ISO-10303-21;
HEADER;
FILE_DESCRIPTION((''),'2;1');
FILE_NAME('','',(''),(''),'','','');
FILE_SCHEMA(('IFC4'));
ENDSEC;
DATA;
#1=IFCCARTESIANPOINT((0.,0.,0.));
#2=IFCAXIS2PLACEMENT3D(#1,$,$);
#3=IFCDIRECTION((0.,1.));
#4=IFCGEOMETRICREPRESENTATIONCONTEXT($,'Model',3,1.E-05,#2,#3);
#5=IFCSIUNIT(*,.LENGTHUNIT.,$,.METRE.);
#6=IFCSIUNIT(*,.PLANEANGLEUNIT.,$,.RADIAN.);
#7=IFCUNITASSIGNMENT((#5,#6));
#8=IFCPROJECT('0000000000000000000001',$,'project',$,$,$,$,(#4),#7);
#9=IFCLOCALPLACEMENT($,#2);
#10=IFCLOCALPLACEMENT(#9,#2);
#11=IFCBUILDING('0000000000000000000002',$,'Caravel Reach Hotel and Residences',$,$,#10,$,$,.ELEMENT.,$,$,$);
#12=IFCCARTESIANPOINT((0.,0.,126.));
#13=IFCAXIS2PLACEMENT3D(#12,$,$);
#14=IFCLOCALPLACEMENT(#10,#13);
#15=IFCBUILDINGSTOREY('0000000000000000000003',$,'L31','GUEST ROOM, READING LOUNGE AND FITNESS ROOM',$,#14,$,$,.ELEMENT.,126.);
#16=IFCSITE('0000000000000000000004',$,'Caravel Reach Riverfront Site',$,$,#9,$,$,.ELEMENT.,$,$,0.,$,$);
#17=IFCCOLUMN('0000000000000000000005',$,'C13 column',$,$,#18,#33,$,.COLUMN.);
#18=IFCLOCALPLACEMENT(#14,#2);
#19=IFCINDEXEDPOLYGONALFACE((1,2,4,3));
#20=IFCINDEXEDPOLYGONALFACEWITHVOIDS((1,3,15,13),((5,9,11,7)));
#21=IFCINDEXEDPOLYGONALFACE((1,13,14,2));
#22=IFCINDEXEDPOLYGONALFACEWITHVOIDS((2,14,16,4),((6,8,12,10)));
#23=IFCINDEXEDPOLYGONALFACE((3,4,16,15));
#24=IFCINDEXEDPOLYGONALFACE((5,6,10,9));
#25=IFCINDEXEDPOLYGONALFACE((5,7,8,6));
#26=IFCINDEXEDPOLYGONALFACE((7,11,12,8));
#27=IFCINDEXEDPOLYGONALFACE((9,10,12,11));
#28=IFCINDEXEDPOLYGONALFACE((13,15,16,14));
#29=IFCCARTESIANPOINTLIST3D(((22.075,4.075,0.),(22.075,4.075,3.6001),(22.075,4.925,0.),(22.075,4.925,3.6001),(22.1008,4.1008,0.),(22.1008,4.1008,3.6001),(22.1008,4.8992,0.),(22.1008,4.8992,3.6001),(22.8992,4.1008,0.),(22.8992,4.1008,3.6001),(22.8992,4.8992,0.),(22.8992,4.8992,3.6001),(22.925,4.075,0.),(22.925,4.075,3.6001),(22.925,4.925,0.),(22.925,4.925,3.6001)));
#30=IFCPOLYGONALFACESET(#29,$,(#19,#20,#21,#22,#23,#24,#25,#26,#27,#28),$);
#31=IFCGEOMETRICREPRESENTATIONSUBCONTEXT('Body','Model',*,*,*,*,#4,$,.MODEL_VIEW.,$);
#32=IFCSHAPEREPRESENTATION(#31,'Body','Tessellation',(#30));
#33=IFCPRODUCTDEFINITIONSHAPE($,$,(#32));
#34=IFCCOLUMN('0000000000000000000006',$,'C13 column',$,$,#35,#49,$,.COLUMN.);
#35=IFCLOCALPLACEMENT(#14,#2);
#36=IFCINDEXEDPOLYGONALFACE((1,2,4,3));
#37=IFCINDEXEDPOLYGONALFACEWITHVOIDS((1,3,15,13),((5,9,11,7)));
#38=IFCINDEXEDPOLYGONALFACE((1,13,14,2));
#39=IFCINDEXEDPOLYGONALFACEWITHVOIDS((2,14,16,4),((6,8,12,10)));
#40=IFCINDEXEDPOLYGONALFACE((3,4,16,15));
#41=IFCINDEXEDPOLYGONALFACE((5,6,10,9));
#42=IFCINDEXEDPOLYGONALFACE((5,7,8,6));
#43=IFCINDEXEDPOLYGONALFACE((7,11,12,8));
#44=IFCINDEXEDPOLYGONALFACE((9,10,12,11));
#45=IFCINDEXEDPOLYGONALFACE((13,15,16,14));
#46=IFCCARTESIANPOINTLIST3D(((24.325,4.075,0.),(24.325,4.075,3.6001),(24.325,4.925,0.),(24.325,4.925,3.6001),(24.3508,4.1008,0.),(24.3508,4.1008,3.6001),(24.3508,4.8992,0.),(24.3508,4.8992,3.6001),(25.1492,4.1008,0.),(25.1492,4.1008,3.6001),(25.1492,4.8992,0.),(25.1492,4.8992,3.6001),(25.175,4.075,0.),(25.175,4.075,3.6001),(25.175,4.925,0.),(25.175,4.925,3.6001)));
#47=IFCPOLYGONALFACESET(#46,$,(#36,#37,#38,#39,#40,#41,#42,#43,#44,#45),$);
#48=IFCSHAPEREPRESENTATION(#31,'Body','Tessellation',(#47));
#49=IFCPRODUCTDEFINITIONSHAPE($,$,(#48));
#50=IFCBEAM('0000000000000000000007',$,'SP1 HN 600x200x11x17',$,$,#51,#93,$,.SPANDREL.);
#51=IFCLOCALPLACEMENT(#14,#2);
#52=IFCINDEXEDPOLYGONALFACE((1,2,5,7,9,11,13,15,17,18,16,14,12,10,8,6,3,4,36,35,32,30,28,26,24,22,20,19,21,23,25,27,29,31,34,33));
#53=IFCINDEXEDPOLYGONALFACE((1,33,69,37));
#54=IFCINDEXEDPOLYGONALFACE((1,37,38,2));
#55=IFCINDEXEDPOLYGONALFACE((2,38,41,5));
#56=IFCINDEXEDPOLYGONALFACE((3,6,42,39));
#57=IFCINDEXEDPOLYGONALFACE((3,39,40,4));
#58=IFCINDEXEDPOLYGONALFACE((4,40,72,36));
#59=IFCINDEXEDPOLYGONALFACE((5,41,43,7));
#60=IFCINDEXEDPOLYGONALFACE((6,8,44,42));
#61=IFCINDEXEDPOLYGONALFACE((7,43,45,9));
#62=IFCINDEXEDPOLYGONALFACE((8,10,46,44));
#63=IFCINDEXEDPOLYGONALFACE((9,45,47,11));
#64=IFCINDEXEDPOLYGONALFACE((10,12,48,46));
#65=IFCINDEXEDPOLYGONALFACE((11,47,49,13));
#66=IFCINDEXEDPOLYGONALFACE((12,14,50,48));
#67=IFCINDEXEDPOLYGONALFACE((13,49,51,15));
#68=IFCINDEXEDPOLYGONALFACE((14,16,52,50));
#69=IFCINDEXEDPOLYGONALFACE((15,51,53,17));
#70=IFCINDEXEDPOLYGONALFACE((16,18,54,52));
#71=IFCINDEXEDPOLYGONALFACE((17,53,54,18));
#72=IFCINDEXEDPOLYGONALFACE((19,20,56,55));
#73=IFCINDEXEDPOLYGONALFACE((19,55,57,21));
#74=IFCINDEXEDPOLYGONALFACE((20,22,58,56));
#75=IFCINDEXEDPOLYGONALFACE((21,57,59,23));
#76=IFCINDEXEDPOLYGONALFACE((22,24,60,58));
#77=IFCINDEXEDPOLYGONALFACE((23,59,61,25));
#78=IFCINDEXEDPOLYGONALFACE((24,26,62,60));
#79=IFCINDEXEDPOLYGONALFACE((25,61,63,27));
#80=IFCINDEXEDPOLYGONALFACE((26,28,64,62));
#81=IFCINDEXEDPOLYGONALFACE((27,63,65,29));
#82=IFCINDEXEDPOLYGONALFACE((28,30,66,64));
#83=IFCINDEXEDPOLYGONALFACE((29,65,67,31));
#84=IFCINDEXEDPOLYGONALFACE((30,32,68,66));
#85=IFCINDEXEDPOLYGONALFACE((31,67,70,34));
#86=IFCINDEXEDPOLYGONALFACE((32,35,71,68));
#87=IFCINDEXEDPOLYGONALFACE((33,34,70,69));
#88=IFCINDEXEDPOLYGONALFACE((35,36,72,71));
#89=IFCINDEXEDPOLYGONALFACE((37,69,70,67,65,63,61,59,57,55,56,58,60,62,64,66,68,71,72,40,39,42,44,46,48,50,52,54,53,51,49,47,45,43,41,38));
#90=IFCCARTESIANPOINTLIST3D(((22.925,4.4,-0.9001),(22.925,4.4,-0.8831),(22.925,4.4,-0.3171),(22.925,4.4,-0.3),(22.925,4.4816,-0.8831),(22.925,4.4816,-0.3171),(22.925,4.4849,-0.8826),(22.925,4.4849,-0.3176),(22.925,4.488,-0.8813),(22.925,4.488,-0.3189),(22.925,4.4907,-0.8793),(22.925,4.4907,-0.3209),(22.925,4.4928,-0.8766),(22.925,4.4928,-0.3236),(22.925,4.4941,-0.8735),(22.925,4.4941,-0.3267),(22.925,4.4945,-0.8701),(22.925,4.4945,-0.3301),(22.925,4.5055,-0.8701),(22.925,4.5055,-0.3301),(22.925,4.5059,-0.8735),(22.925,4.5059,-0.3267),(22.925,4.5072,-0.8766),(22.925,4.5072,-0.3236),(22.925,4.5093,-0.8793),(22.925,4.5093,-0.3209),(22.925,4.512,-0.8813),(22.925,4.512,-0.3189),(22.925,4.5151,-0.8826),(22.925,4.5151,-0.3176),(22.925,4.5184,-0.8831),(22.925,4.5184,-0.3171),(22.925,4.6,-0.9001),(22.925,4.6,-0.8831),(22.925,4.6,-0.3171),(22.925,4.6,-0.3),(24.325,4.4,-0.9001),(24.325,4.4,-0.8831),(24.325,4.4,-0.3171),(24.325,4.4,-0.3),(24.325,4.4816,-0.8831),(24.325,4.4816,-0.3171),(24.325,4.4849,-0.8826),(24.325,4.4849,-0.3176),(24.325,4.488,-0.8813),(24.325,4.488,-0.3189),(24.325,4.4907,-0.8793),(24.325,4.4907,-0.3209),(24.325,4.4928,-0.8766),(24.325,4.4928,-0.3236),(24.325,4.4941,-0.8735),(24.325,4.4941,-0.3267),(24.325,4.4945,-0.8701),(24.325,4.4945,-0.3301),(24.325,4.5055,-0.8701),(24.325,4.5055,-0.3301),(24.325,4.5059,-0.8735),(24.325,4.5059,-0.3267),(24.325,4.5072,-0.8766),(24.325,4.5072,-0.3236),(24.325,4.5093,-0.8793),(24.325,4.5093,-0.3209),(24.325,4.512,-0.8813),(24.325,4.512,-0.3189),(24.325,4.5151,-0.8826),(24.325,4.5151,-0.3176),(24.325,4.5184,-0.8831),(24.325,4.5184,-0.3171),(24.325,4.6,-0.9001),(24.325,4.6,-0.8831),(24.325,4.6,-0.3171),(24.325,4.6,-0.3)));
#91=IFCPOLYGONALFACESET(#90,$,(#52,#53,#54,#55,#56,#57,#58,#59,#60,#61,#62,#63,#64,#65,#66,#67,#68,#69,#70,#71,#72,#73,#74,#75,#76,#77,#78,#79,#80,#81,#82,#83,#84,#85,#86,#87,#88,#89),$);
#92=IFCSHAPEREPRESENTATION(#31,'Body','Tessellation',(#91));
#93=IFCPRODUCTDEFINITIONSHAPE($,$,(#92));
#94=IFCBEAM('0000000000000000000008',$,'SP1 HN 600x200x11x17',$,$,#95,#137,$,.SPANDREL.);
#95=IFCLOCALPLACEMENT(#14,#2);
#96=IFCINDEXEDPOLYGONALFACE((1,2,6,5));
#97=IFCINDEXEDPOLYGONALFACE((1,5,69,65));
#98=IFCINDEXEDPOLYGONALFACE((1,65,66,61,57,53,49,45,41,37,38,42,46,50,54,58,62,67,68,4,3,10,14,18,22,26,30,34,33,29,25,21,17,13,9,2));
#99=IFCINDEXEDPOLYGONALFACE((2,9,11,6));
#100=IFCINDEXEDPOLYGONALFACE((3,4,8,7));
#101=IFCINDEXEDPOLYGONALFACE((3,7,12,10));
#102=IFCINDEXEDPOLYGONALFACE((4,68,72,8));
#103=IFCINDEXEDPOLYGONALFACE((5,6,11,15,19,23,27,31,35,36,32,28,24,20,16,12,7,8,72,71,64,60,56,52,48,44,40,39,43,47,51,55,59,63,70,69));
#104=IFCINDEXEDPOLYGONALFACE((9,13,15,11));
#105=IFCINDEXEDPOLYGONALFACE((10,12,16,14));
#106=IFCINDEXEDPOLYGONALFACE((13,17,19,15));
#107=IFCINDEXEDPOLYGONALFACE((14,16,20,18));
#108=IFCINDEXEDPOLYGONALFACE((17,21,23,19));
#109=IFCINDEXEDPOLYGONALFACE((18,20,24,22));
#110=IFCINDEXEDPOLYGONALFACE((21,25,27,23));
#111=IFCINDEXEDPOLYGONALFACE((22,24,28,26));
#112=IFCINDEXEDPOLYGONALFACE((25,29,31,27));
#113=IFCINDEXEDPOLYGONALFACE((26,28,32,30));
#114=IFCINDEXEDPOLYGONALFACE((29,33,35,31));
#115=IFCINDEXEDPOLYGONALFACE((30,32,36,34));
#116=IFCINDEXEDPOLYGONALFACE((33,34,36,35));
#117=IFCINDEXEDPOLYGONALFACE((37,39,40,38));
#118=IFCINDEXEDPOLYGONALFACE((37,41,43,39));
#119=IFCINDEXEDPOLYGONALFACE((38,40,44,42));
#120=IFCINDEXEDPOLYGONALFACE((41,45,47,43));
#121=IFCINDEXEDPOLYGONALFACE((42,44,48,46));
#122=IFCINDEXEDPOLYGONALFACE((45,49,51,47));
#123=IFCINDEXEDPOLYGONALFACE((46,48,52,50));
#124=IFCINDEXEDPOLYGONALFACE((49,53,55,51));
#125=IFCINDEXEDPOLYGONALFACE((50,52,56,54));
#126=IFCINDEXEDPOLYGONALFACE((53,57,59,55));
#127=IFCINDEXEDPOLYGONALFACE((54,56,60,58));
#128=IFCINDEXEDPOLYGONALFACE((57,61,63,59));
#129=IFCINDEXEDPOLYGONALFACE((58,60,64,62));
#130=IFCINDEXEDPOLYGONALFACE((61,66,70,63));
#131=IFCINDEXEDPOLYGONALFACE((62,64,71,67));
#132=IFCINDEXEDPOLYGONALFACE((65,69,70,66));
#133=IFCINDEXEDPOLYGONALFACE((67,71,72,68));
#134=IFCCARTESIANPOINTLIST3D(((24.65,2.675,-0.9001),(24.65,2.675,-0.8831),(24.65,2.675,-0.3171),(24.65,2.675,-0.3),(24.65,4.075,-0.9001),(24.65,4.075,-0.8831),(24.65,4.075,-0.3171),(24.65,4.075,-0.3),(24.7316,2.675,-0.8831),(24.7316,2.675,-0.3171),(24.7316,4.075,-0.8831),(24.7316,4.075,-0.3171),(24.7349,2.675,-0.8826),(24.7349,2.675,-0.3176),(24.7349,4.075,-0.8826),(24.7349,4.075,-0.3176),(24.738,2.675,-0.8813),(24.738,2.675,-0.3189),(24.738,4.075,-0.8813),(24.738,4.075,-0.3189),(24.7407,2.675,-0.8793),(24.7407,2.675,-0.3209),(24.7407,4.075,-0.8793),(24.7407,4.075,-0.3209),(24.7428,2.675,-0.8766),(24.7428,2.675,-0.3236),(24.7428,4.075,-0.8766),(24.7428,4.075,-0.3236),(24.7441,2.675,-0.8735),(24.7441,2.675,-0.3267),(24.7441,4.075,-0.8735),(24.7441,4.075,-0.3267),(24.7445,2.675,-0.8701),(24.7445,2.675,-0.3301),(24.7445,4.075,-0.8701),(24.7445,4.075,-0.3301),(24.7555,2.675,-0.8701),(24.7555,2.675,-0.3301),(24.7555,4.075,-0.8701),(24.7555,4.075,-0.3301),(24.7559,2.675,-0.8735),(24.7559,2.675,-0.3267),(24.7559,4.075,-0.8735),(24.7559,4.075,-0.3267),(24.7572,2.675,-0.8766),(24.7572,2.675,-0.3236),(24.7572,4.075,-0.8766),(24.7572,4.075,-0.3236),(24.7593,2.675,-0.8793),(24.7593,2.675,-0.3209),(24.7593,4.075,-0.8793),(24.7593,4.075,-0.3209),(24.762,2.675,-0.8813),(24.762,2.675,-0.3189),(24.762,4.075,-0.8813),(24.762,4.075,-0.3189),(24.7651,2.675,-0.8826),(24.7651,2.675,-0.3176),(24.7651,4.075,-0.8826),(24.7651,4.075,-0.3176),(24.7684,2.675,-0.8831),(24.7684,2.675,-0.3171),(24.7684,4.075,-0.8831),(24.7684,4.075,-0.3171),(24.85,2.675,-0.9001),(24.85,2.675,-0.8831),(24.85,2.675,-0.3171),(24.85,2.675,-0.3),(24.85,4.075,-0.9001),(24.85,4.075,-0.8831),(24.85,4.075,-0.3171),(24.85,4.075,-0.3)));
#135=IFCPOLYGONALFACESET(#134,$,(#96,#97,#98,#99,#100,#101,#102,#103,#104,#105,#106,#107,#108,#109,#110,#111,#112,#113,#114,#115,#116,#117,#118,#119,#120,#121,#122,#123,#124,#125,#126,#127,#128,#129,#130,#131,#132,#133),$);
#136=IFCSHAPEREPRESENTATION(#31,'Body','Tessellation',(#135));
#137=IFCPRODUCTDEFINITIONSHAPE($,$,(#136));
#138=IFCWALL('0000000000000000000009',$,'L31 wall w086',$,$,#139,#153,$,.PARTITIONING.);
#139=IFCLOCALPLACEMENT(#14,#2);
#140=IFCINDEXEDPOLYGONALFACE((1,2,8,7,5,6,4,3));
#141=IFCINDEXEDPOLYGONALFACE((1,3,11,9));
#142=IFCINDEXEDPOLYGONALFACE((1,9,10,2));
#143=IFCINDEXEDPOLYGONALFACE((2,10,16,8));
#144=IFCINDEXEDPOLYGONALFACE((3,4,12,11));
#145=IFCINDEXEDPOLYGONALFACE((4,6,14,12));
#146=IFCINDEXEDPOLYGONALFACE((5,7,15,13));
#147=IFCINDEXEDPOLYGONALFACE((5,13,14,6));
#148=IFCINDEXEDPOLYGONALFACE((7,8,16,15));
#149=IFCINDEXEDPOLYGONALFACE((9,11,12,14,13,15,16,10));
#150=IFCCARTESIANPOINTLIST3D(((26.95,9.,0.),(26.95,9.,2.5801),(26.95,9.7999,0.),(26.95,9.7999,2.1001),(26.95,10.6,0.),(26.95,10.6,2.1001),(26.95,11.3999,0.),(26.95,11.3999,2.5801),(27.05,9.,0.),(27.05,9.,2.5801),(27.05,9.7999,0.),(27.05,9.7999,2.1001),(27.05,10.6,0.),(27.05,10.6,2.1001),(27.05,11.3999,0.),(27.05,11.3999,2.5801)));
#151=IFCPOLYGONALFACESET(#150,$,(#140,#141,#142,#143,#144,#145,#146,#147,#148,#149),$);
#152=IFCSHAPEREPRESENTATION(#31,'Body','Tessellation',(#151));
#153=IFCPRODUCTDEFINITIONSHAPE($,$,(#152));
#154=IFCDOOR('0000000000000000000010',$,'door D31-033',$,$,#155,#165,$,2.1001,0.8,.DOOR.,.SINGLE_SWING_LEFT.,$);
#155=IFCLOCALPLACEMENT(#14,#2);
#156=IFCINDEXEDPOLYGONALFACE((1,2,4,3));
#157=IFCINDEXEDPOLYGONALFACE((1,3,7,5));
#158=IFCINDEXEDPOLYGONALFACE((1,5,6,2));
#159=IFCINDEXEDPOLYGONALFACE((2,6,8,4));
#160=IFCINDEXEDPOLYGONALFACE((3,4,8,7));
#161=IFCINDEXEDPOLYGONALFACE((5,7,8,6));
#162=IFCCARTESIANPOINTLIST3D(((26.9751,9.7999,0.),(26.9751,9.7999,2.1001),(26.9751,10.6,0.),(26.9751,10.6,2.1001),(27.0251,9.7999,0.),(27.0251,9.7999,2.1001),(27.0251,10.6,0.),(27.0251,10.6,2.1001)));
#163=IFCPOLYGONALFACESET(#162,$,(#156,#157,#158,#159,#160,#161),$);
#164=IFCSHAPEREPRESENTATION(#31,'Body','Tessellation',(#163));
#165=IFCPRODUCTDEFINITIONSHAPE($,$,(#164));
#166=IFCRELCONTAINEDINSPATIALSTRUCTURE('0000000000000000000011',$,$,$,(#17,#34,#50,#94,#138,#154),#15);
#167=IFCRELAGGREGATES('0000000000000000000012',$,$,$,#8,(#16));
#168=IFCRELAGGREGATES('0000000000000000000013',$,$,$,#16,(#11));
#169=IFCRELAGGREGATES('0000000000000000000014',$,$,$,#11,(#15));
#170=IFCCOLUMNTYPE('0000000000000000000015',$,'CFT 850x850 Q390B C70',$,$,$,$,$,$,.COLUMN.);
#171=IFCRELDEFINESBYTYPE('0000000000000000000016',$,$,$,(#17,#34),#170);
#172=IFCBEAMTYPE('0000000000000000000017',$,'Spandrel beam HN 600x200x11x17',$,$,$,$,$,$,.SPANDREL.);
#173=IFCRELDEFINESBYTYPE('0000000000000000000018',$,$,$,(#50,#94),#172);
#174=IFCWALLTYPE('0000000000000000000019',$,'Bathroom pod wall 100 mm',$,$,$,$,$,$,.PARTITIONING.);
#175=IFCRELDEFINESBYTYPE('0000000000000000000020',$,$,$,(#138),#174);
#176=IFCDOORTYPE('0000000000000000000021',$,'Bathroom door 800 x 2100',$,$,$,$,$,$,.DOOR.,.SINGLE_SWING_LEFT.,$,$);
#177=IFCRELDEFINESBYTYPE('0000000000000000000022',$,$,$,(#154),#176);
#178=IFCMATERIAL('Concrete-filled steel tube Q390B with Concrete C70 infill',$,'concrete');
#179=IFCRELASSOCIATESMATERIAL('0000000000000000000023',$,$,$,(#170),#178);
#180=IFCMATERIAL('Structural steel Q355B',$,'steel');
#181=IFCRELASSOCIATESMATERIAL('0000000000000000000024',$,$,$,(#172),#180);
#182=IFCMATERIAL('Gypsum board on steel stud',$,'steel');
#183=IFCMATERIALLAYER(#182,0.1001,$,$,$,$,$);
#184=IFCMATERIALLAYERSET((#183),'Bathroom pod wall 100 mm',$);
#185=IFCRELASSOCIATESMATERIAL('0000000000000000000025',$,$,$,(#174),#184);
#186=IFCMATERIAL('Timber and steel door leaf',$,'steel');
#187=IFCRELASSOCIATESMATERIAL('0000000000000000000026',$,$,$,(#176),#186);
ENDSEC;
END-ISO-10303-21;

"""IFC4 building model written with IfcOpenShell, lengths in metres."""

from ifc_helpers import new_model, si_unit, direction, frame, frame_2d, origin, origin_2d, place, context, subcontext, project, spatial, rectangle, hollow_rectangle, i_section, extrude, material, layer, layer_set, material_profile, profile_set, type_object, element, fill, save


model = new_model("IFC4")

# Units and contexts
model_context = context("Model", 3, precision=1e-05, world=origin(), true_north=direction((0.0, 1.0)))
body_context = subcontext(model_context, "Body", "Model", "MODEL_VIEW")
ifc_project = project(units=[si_unit("LENGTHUNIT", "METRE"), si_unit("PLANEANGLEUNIT", "RADIAN")], contexts=[model_context])

# Site, building, storey
site_placement = place(None, origin())
site = spatial("IfcSite", under=ifc_project, at=site_placement, Name="Caravel Reach Riverfront Site", CompositionType="ELEMENT", RefElevation=0.0)
building_placement = place(site_placement, origin())
building = spatial("IfcBuilding", under=site, at=building_placement, Name="Caravel Reach Hotel and Residences", CompositionType="ELEMENT")
storey_placement = place(building_placement, frame((0.0, 0.0, 126.0)))
storey = spatial("IfcBuildingStorey", under=building, at=storey_placement, Name="L31", Description="GUEST ROOM, READING LOUNGE AND FITNESS ROOM", CompositionType="ELEMENT", Elevation=126.0)

# Columns
ifc_material_1 = material(Name="Concrete-filled steel tube Q390B with Concrete C70 infill", Category="concrete")
ifc_material_profile_1 = material_profile(ifc_material_1, hollow_rectangle(XDim=0.8501, YDim=0.8501, WallThickness=0.0259, at=origin_2d()), Name="RHS 850x850x26")
ifc_profile_set_1 = profile_set([ifc_material_profile_1], Name="Concrete-filled steel tube Q390B with Concrete C70 infill")
column_type = type_object("IfcColumnType", Name="CFT 850x850 Q390B C70", PredefinedType="COLUMN", material=ifc_profile_set_1)
for number, where, z_axis, x_axis, name in (
    (1, (22.5, 4.5, 0.0), (0.0, 0.0, 1.0), (1.0, 0.0, 0.0), "C13 column"),
    (2, (24.75, 4.5, 0.0), (0.0, 0.0, 1.0), (1.0, 0.0, 0.0), "C13 column"),
):
    element("IfcColumn", number, at=place(storey_placement, frame(where, z_axis=z_axis, x_axis=x_axis)), inside=storey, type_object=column_type, Name=name, PredefinedType="COLUMN", context=body_context, shape_type="SweptSolid", body=[
        extrude(hollow_rectangle(XDim=0.8501, YDim=0.8501, WallThickness=0.0259, at=origin_2d()), origin(), (0.0, 0.0, 1.0), 3.6001),
    ])

# Beams
ifc_material_2 = material(Name="Structural steel Q355B", Category="steel")
ifc_material_profile_2 = material_profile(ifc_material_2, i_section(OverallWidth=0.2, OverallDepth=0.6001, WebThickness=0.011, FlangeThickness=0.0171, FilletRadius=0.0129, at=origin_2d()), Name="HN 600x200x11x17")
ifc_profile_set_2 = profile_set([ifc_material_profile_2], Name="Structural steel Q355B")
beam_type = type_object("IfcBeamType", Name="Spandrel beam HN 600x200x11x17", PredefinedType="SPANDREL", material=ifc_profile_set_2)
for number, where, z_axis, x_axis, name in (
    (3, (22.925, 4.5, -0.6001), (1.0, 0.0, 0.0), (0.0, 1.0, 0.0), "SP1 HN 600x200x11x17"),
    (4, (24.75, 4.075, -0.6001), (0.0, -1.0, 0.0), (1.0, 0.0, 0.0), "SP1 HN 600x200x11x17"),
):
    element("IfcBeam", number, at=place(storey_placement, frame(where, z_axis=z_axis, x_axis=x_axis)), inside=storey, type_object=beam_type, Name=name, PredefinedType="SPANDREL", context=body_context, shape_type="SweptSolid", body=[
        extrude(i_section(OverallWidth=0.2, OverallDepth=0.6001, WebThickness=0.011, FlangeThickness=0.0171, FilletRadius=0.0129, at=origin_2d()), origin(), (0.0, 0.0, 1.0), 1.3999),
    ])

# Wall, opening, door
ifc_material_3 = material(Name="Gypsum board on steel stud", Category="steel")
ifc_layer_1 = layer(ifc_material_3, 0.1001)
ifc_layer_set_1 = layer_set([ifc_layer_1], Name="Bathroom pod wall 100 mm")
wall_type_1 = type_object("IfcWallType", Name="Bathroom pod wall 100 mm", PredefinedType="PARTITIONING", material=ifc_layer_set_1)
wall_1_placement = place(storey_placement, frame((27.0, 9.0, 0.0), z_axis=(0.0, 0.0, 1.0), x_axis=(0.0, 1.0, 0.0)))
wall_1 = element("IfcWall", 5, at=wall_1_placement, inside=storey, type_object=wall_type_1, Name="L31 wall w086", PredefinedType="PARTITIONING", context=body_context, shape_type="SweptSolid", body=[
    extrude(rectangle(XDim=2.3999, YDim=0.1001, at=frame_2d((1.2, 0.0))), origin(), (0.0, 0.0, 1.0), 2.5801),
])
opening_1_placement = place(wall_1_placement, frame((0.8, 0.0, 0.0)))
opening_1 = element("IfcOpeningElement", 6, at=opening_1_placement, cuts=wall_1, PredefinedType="OPENING", context=body_context, shape_type="SweptSolid", body=[
    extrude(rectangle(XDim=0.8, YDim=2.1001, at=frame_2d((0.3999, 1.05))), frame((0.0, 0.0601, 0.0), z_axis=(0.0, -1.0, 0.0), x_axis=(1.0, 0.0, 0.0)), (0.0, 0.0, 1.0), 0.1201),
])
ifc_material_4 = material(Name="Timber and steel door leaf", Category="steel")
door_type_1 = type_object("IfcDoorType", Name="Bathroom door 800 x 2100", OperationType="SINGLE_SWING_LEFT", PredefinedType="DOOR", material=ifc_material_4)
door_1_placement = place(opening_1_placement, origin())
door_1 = element("IfcDoor", 7, at=door_1_placement, inside=storey, type_object=door_type_1, Name="door D31-033", OperationType="SINGLE_SWING_LEFT", OverallHeight=2.1001, OverallWidth=0.8, PredefinedType="DOOR", context=body_context, shape_type="SweptSolid", body=[
    extrude(rectangle(XDim=0.8, YDim=2.1001, at=frame_2d((0.3999, 1.05))), frame((0.0, 0.0249, 0.0), z_axis=(0.0, -1.0, 0.0), x_axis=(1.0, 0.0, 0.0)), (0.0, 0.0, 1.0), 0.05),
])
fill(opening_1, door_1)

save(model, "model.ifc")
